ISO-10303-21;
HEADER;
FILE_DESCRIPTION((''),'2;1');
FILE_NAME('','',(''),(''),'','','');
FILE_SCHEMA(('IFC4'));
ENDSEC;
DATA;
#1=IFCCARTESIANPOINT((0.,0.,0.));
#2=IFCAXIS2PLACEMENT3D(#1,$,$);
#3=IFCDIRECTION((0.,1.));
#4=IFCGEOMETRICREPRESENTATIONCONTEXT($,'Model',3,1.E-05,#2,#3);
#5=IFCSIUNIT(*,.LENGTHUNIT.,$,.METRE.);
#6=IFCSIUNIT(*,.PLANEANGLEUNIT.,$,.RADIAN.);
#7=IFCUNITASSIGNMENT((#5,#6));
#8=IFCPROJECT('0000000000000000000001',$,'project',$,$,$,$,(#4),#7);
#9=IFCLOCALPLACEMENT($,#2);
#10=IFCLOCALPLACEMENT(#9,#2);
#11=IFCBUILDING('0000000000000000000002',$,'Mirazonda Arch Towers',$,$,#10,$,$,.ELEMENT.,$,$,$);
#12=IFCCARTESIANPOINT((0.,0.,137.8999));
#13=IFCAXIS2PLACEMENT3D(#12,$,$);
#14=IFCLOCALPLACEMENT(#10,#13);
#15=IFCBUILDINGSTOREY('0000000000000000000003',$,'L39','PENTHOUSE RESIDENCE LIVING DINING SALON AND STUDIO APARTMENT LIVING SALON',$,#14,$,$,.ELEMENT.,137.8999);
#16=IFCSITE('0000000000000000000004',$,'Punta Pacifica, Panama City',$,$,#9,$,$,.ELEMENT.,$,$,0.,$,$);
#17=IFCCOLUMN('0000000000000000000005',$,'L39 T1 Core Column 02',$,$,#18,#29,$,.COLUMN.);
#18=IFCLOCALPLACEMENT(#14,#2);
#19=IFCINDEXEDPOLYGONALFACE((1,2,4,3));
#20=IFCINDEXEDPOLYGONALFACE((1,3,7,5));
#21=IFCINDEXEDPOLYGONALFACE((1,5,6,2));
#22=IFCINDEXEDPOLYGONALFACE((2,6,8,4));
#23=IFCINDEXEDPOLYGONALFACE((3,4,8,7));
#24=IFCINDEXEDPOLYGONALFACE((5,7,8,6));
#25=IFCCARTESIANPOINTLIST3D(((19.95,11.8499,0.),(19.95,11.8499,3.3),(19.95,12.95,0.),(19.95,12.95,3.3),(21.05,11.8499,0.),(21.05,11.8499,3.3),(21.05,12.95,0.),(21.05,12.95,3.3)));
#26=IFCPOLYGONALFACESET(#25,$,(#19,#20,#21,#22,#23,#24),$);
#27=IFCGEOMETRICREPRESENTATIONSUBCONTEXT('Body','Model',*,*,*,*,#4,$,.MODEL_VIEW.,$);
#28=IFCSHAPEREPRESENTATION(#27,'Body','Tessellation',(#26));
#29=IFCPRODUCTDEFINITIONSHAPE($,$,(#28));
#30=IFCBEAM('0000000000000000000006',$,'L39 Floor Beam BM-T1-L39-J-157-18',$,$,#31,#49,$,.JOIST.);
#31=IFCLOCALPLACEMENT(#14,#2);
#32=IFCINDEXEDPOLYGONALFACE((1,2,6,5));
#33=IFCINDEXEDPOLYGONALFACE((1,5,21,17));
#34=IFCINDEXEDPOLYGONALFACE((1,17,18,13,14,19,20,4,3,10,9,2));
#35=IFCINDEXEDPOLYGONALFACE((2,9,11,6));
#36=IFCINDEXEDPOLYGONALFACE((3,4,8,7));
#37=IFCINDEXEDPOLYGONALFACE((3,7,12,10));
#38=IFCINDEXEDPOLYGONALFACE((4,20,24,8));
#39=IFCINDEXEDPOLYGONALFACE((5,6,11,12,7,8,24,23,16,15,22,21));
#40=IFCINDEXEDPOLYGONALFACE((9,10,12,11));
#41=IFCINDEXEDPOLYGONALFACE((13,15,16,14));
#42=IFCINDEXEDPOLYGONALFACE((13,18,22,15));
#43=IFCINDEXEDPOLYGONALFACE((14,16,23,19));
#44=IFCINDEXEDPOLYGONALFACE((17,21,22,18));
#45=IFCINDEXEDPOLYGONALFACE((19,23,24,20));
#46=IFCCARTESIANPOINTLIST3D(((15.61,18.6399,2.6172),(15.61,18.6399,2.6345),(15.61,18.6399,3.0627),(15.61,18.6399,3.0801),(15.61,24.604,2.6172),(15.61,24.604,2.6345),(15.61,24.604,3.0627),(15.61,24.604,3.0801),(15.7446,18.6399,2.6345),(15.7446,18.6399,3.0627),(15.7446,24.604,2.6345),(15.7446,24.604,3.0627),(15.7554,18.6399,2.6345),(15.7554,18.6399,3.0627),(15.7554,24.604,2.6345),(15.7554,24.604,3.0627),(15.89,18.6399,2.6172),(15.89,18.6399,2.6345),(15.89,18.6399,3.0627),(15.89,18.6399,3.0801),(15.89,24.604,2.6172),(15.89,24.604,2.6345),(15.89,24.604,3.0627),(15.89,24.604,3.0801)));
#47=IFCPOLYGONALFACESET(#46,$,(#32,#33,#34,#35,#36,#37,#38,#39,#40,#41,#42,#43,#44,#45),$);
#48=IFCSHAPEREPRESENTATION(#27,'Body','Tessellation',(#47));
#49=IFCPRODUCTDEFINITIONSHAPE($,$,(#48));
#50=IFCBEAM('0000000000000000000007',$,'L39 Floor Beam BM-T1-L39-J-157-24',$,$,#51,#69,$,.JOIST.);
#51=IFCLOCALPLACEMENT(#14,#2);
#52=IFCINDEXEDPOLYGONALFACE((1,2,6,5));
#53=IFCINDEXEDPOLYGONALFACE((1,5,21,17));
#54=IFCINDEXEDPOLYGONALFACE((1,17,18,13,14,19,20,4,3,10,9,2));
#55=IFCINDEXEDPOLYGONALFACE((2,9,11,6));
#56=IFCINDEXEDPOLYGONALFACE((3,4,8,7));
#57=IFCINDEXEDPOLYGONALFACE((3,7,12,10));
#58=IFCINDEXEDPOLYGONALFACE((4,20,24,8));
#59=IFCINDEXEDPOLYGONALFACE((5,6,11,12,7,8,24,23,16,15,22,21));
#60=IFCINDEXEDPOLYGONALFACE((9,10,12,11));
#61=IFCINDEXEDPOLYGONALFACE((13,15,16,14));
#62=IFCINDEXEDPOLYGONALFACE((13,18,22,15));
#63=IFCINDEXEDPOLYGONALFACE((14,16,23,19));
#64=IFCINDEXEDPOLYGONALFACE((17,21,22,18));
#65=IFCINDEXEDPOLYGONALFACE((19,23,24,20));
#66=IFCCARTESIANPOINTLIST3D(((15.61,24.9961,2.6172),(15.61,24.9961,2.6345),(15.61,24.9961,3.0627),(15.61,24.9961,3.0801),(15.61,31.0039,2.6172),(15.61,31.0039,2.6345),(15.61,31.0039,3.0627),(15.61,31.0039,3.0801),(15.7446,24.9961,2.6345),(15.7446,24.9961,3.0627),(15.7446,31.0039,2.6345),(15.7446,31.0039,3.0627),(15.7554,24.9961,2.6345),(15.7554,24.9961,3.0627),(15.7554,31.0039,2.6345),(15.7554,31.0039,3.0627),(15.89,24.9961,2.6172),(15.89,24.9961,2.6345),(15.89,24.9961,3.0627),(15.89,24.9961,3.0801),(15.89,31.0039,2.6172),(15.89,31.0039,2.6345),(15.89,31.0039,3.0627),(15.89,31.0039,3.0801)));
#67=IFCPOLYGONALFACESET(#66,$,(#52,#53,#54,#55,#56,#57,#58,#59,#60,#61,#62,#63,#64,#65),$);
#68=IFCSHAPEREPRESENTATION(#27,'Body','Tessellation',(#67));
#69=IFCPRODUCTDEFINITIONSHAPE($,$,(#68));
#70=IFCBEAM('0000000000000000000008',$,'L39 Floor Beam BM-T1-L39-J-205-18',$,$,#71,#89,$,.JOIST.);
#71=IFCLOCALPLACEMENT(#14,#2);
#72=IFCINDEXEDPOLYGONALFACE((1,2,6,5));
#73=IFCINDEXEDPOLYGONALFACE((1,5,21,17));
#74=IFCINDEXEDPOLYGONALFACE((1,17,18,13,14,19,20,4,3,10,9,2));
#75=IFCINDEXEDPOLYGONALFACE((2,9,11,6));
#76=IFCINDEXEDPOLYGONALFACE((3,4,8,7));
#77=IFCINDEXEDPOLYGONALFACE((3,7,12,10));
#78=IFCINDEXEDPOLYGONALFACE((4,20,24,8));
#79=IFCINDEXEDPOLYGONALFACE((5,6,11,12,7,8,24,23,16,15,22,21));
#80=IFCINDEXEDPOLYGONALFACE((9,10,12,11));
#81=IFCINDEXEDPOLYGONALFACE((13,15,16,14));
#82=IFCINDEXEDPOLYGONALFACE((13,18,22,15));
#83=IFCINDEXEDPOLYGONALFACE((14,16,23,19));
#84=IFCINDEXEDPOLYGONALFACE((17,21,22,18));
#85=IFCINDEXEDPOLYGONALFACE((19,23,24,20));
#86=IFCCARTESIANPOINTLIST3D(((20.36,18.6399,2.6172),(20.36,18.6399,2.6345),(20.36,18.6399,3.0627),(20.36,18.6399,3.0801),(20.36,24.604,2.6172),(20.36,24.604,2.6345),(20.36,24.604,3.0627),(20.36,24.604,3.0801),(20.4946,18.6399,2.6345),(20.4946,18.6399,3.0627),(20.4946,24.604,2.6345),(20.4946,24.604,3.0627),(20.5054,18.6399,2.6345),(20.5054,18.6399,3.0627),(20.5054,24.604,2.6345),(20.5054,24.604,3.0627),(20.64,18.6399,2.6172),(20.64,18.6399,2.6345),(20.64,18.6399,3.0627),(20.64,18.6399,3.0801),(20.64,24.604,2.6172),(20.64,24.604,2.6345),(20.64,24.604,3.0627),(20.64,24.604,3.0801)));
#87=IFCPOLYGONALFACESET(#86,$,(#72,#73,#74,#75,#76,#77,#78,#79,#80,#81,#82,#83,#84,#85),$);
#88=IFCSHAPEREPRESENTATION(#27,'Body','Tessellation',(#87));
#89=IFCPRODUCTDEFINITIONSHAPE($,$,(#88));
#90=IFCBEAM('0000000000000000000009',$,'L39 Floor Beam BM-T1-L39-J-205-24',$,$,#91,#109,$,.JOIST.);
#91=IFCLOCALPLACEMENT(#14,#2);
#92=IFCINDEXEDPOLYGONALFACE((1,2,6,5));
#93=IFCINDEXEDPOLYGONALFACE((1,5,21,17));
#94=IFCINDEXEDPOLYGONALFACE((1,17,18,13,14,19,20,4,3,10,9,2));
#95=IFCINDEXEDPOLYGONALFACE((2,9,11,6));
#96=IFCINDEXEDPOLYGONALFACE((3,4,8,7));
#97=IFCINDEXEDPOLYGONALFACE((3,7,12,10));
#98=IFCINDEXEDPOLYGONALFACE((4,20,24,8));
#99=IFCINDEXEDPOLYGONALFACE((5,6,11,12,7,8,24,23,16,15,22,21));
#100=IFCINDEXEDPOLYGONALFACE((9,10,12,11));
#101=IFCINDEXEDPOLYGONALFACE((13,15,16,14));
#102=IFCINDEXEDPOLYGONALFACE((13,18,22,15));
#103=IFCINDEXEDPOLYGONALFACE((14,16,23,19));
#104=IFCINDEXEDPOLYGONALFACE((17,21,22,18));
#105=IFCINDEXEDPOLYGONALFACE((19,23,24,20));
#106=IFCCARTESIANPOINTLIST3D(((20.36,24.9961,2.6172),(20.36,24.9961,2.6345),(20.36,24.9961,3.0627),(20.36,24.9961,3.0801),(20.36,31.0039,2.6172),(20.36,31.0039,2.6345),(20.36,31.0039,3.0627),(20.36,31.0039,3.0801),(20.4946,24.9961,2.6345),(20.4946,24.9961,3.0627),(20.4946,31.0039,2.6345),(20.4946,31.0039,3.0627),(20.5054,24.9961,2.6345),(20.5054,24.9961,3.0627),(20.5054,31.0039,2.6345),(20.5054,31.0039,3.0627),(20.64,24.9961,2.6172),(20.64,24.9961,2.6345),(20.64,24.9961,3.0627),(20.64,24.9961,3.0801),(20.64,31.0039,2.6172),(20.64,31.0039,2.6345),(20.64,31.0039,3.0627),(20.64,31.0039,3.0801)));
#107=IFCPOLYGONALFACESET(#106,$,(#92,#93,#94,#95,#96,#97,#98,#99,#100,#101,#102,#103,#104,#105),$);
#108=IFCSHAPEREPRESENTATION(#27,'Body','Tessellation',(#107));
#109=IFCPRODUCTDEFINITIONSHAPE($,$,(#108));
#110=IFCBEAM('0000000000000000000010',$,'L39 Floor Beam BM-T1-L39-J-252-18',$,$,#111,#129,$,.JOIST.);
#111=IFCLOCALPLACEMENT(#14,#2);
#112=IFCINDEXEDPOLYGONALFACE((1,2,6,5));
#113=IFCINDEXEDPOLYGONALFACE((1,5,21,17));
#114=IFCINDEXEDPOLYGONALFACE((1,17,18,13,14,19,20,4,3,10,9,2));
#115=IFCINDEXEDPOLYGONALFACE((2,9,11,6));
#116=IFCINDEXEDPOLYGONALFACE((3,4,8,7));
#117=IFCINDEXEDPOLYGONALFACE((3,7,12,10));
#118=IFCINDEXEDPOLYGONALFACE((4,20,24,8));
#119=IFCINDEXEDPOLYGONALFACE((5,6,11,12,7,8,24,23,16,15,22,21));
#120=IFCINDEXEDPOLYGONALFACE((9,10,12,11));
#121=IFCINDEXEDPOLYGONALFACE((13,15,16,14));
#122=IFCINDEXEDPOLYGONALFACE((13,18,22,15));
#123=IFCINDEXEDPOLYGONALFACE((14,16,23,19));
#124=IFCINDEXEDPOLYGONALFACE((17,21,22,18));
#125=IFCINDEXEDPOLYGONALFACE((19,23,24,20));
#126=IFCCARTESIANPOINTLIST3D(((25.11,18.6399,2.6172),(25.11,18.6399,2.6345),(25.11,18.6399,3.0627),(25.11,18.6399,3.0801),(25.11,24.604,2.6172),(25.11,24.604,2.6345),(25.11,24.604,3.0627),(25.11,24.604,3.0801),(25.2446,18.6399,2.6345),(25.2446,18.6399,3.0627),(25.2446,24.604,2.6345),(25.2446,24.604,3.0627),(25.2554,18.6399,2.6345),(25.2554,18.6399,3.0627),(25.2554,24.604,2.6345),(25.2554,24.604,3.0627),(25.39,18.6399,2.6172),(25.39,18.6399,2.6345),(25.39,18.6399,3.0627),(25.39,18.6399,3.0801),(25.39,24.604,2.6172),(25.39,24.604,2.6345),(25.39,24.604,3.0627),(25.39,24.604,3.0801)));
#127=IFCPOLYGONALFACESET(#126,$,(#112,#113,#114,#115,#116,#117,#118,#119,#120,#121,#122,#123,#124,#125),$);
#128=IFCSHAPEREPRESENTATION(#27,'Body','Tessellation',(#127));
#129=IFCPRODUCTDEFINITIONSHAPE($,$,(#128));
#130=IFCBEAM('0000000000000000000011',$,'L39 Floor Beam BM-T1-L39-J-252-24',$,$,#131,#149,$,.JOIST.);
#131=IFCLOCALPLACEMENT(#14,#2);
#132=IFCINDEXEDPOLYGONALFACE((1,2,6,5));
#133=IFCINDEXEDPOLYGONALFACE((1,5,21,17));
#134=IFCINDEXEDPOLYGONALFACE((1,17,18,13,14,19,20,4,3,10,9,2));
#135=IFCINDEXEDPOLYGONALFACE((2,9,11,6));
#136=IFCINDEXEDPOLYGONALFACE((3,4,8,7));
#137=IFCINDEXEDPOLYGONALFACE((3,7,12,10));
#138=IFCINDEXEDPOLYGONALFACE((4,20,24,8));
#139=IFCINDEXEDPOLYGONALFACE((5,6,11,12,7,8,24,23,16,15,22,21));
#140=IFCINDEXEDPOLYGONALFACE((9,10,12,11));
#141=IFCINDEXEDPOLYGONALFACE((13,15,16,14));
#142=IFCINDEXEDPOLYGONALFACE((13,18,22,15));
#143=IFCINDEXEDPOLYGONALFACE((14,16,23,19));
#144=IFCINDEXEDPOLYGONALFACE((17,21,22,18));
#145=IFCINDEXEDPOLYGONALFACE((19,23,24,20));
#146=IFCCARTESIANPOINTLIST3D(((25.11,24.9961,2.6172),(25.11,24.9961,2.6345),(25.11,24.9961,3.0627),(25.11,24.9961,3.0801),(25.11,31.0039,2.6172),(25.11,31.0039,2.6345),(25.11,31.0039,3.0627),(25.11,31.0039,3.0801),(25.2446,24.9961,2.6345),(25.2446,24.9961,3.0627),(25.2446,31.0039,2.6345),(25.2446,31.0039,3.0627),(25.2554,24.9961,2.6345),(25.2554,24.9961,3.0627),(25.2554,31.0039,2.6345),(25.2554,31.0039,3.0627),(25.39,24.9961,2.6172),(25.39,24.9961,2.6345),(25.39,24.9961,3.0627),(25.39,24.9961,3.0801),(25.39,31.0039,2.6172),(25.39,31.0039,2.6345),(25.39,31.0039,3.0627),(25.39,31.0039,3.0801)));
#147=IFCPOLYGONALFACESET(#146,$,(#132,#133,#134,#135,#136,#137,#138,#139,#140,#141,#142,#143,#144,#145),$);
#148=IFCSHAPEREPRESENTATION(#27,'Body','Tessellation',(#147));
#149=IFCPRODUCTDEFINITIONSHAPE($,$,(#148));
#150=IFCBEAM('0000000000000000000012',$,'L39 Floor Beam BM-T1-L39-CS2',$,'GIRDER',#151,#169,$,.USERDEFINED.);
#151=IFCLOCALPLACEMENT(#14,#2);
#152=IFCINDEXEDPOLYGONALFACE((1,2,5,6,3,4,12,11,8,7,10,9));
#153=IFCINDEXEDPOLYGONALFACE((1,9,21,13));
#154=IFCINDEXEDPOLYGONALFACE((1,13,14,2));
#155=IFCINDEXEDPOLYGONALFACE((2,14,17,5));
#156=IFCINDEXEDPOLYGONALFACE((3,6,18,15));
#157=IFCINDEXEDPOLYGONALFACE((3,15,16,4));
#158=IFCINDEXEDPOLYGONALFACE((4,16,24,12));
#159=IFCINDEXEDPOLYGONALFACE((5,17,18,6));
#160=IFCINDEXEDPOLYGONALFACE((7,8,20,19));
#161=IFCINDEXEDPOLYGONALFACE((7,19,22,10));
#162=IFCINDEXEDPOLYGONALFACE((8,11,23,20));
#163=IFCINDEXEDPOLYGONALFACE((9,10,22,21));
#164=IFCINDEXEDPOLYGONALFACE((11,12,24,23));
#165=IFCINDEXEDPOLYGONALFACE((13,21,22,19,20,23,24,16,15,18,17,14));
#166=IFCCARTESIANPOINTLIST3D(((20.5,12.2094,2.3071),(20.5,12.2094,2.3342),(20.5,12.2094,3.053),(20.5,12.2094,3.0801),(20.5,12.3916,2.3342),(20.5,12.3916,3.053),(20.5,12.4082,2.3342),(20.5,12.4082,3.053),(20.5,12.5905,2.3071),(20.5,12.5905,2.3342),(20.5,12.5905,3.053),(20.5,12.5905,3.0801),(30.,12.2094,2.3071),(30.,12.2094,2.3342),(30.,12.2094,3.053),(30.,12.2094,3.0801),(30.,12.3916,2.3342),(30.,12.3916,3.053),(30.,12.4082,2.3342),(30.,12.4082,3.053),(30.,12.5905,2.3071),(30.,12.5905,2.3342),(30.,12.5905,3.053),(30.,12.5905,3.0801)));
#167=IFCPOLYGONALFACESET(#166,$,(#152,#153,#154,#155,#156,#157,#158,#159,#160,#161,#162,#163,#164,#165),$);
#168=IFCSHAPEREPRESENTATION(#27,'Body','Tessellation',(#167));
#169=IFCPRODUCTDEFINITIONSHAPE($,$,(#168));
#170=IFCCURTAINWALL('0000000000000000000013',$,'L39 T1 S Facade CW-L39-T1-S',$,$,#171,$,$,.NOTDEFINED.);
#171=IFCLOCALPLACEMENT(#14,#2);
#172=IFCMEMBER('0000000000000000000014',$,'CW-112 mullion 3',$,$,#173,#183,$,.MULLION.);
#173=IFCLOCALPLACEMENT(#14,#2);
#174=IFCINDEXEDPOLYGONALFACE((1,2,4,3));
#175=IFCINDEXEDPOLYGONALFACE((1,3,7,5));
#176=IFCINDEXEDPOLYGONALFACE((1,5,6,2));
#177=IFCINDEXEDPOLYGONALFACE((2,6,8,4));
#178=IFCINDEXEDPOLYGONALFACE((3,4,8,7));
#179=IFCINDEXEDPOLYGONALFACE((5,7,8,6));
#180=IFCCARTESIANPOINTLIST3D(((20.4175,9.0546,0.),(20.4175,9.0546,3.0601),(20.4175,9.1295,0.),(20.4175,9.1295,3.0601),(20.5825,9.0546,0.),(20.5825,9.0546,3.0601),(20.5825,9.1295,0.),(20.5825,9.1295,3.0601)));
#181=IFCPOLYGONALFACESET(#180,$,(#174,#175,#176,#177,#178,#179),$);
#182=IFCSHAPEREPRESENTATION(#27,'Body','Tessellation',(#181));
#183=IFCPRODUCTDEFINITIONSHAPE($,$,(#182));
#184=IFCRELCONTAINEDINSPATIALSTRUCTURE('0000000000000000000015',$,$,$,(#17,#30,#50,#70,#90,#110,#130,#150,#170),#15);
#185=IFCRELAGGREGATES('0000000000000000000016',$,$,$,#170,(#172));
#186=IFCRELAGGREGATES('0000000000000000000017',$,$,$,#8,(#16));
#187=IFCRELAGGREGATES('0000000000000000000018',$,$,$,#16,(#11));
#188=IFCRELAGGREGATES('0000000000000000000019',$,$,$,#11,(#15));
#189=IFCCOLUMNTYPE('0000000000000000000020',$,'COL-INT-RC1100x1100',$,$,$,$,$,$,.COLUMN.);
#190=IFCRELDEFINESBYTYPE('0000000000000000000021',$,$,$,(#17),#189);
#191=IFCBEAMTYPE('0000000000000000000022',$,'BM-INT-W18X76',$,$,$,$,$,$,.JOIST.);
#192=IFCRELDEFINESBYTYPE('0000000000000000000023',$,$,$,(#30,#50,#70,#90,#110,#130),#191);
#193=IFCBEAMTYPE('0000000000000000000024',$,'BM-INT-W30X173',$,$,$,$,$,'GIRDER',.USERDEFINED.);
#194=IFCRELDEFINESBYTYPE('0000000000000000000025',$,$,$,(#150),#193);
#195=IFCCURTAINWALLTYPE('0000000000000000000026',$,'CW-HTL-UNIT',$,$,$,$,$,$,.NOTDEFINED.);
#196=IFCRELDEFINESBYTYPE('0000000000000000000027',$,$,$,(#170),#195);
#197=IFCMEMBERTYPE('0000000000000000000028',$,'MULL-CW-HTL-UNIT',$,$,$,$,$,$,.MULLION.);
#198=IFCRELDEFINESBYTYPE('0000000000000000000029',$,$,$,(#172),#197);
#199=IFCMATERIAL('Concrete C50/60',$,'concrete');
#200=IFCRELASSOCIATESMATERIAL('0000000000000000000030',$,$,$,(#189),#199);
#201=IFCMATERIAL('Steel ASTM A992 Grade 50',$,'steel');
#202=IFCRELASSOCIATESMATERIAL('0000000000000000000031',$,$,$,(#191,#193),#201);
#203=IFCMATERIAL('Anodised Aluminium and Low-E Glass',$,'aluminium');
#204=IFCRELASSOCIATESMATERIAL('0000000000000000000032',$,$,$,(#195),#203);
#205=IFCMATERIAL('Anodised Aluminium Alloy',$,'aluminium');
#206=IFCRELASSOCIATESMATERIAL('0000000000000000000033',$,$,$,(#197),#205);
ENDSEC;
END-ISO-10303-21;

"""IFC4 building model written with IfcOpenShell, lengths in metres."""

from ifc_helpers import new_model, si_unit, direction, frame, origin, origin_2d, place, context, subcontext, project, spatial, rectangle, i_section, extrude, material, material_profile, profile_set, type_object, element, aggregate, save


model = new_model("IFC4")

# Units and contexts
model_context = context("Model", 3, precision=1e-05, world=origin(), true_north=direction((0.0, 1.0)))
body_context = subcontext(model_context, "Body", "Model", "MODEL_VIEW")
ifc_project = project(units=[si_unit("LENGTHUNIT", "METRE"), si_unit("PLANEANGLEUNIT", "RADIAN")], contexts=[model_context])

# Site, building, storey
site_placement = place(None, origin())
site = spatial("IfcSite", under=ifc_project, at=site_placement, Name="Punta Pacifica, Panama City", CompositionType="ELEMENT", RefElevation=0.0)
building_placement = place(site_placement, origin())
building = spatial("IfcBuilding", under=site, at=building_placement, Name="Mirazonda Arch Towers", CompositionType="ELEMENT")
storey_placement = place(building_placement, frame((0.0, 0.0, 137.8999)))
storey = spatial("IfcBuildingStorey", under=building, at=storey_placement, Name="L39", Description="PENTHOUSE RESIDENCE LIVING DINING SALON AND STUDIO APARTMENT LIVING SALON", CompositionType="ELEMENT", Elevation=137.8999)

# Column
ifc_material_1 = material(Name="Concrete C50/60", Category="concrete")
ifc_material_profile_1 = material_profile(ifc_material_1, rectangle(XDim=1.1001, YDim=1.1001, at=origin_2d()), Name="RC1100x1100")
ifc_profile_set_1 = profile_set([ifc_material_profile_1], Name="Concrete C50/60")
column_type = type_object("IfcColumnType", Name="COL-INT-RC1100x1100", PredefinedType="COLUMN", material=ifc_profile_set_1)
column_placement = place(storey_placement, frame((20.5, 12.3999, 0.0), z_axis=(0.0, 0.0, 1.0), x_axis=(1.0, 0.0, 0.0)))
element("IfcColumn", 1, at=column_placement, inside=storey, type_object=column_type, Name="L39 T1 Core Column 02", PredefinedType="COLUMN", context=body_context, shape_type="SweptSolid", body=[
    extrude(rectangle(XDim=1.1001, YDim=1.1001, at=origin_2d()), origin(), (0.0, 0.0, 1.0), 3.3),
])

# Beams
ifc_material_2 = material(Name="Steel ASTM A992 Grade 50", Category="steel")
ifc_material_profile_2 = material_profile(ifc_material_2, i_section(OverallWidth=0.28, OverallDepth=0.4629, WebThickness=0.0107, FlangeThickness=0.0173, at=origin_2d()), Name="W18X76")
ifc_profile_set_2 = profile_set([ifc_material_profile_2], Name="Steel ASTM A992 Grade 50")
beam_type_1 = type_object("IfcBeamType", Name="BM-INT-W18X76", PredefinedType="JOIST", material=ifc_profile_set_2)
beam_1_placement = place(storey_placement, frame((15.75, 18.6399, 2.8486), z_axis=(0.0, 1.0, 0.0), x_axis=(-1.0, 0.0, 0.0)))
element("IfcBeam", 2, at=beam_1_placement, inside=storey, type_object=beam_type_1, Name="L39 Floor Beam BM-T1-L39-J-157-18", PredefinedType="JOIST", context=body_context, shape_type="SweptSolid", body=[
    extrude(i_section(OverallWidth=0.28, OverallDepth=0.4629, WebThickness=0.0107, FlangeThickness=0.0173, at=origin_2d()), origin(), (0.0, 0.0, 1.0), 5.9641),
])
beam_2_placement = place(storey_placement, frame((15.75, 24.9961, 2.8486), z_axis=(0.0, 1.0, 0.0), x_axis=(-1.0, 0.0, 0.0)))
element("IfcBeam", 3, at=beam_2_placement, inside=storey, type_object=beam_type_1, Name="L39 Floor Beam BM-T1-L39-J-157-24", PredefinedType="JOIST", context=body_context, shape_type="SweptSolid", body=[
    extrude(i_section(OverallWidth=0.28, OverallDepth=0.4629, WebThickness=0.0107, FlangeThickness=0.0173, at=origin_2d()), origin(), (0.0, 0.0, 1.0), 6.0078),
])
beam_3_placement = place(storey_placement, frame((20.5, 18.6399, 2.8486), z_axis=(0.0, 1.0, 0.0), x_axis=(-1.0, 0.0, 0.0)))
element("IfcBeam", 4, at=beam_3_placement, inside=storey, type_object=beam_type_1, Name="L39 Floor Beam BM-T1-L39-J-205-18", PredefinedType="JOIST", context=body_context, shape_type="SweptSolid", body=[
    extrude(i_section(OverallWidth=0.28, OverallDepth=0.4629, WebThickness=0.0107, FlangeThickness=0.0173, at=origin_2d()), origin(), (0.0, 0.0, 1.0), 5.9641),
])
beam_4_placement = place(storey_placement, frame((20.5, 24.9961, 2.8486), z_axis=(0.0, 1.0, 0.0), x_axis=(-1.0, 0.0, 0.0)))
element("IfcBeam", 5, at=beam_4_placement, inside=storey, type_object=beam_type_1, Name="L39 Floor Beam BM-T1-L39-J-205-24", PredefinedType="JOIST", context=body_context, shape_type="SweptSolid", body=[
    extrude(i_section(OverallWidth=0.28, OverallDepth=0.4629, WebThickness=0.0107, FlangeThickness=0.0173, at=origin_2d()), origin(), (0.0, 0.0, 1.0), 6.0078),
])
beam_5_placement = place(storey_placement, frame((25.25, 18.6399, 2.8486), z_axis=(0.0, 1.0, 0.0), x_axis=(-1.0, 0.0, 0.0)))
element("IfcBeam", 6, at=beam_5_placement, inside=storey, type_object=beam_type_1, Name="L39 Floor Beam BM-T1-L39-J-252-18", PredefinedType="JOIST", context=body_context, shape_type="SweptSolid", body=[
    extrude(i_section(OverallWidth=0.28, OverallDepth=0.4629, WebThickness=0.0107, FlangeThickness=0.0173, at=origin_2d()), origin(), (0.0, 0.0, 1.0), 5.9641),
])
beam_6_placement = place(storey_placement, frame((25.25, 24.9961, 2.8486), z_axis=(0.0, 1.0, 0.0), x_axis=(-1.0, 0.0, 0.0)))
element("IfcBeam", 7, at=beam_6_placement, inside=storey, type_object=beam_type_1, Name="L39 Floor Beam BM-T1-L39-J-252-24", PredefinedType="JOIST", context=body_context, shape_type="SweptSolid", body=[
    extrude(i_section(OverallWidth=0.28, OverallDepth=0.4629, WebThickness=0.0107, FlangeThickness=0.0173, at=origin_2d()), origin(), (0.0, 0.0, 1.0), 6.0078),
])
ifc_material_profile_3 = material_profile(ifc_material_2, i_section(OverallWidth=0.3811, OverallDepth=0.7729, WebThickness=0.0166, FlangeThickness=0.0271, at=origin_2d()), Name="W30X173")
ifc_profile_set_3 = profile_set([ifc_material_profile_3], Name="Steel ASTM A992 Grade 50")
beam_type_2 = type_object("IfcBeamType", Name="BM-INT-W30X173", ElementType="GIRDER", PredefinedType="USERDEFINED", material=ifc_profile_set_3)
beam_7_placement = place(storey_placement, frame((20.5, 12.3999, 2.6936), z_axis=(1.0, 0.0, 0.0), x_axis=(0.0, 1.0, 0.0)))
element("IfcBeam", 8, at=beam_7_placement, inside=storey, type_object=beam_type_2, Name="L39 Floor Beam BM-T1-L39-CS2", ObjectType="GIRDER", PredefinedType="USERDEFINED", context=body_context, shape_type="SweptSolid", body=[
    extrude(i_section(OverallWidth=0.3811, OverallDepth=0.7729, WebThickness=0.0166, FlangeThickness=0.0271, at=origin_2d()), origin(), (0.0, 0.0, 1.0), 9.5),
])

# Curtain wall, member
ifc_material_3 = material(Name="Anodised Aluminium and Low-E Glass", Category="aluminium")
curtain_wall_type = type_object("IfcCurtainWallType", Name="CW-HTL-UNIT", PredefinedType="NOTDEFINED", material=ifc_material_3)
curtain_wall_placement = place(storey_placement, origin())
curtain_wall = element("IfcCurtainWall", 9, at=curtain_wall_placement, inside=storey, type_object=curtain_wall_type, Name="L39 T1 S Facade CW-L39-T1-S", PredefinedType="NOTDEFINED")
ifc_material_4 = material(Name="Anodised Aluminium Alloy", Category="aluminium")
ifc_material_profile_4 = material_profile(ifc_material_4, rectangle(XDim=0.075, YDim=0.165, at=origin_2d()), Name="ALU-MULL-75x165")
ifc_profile_set_4 = profile_set([ifc_material_profile_4], Name="Anodised Aluminium Alloy")
member_type_1 = type_object("IfcMemberType", Name="MULL-CW-HTL-UNIT", PredefinedType="MULLION", material=ifc_profile_set_4)
member_1_placement = place(storey_placement, frame((20.5, 9.092, 0.0), z_axis=(0.0, 0.0, 1.0), x_axis=(0.0, -1.0, 0.0)))
member_1 = element("IfcMember", 10, at=member_1_placement, type_object=member_type_1, Name="CW-112 mullion 3", PredefinedType="MULLION", context=body_context, shape_type="SweptSolid", body=[
    extrude(rectangle(XDim=0.075, YDim=0.165, at=origin_2d()), origin(), (0.0, 0.0, 1.0), 3.0601),
])
aggregate(curtain_wall, [member_1])

save(model, "model.ifc")
